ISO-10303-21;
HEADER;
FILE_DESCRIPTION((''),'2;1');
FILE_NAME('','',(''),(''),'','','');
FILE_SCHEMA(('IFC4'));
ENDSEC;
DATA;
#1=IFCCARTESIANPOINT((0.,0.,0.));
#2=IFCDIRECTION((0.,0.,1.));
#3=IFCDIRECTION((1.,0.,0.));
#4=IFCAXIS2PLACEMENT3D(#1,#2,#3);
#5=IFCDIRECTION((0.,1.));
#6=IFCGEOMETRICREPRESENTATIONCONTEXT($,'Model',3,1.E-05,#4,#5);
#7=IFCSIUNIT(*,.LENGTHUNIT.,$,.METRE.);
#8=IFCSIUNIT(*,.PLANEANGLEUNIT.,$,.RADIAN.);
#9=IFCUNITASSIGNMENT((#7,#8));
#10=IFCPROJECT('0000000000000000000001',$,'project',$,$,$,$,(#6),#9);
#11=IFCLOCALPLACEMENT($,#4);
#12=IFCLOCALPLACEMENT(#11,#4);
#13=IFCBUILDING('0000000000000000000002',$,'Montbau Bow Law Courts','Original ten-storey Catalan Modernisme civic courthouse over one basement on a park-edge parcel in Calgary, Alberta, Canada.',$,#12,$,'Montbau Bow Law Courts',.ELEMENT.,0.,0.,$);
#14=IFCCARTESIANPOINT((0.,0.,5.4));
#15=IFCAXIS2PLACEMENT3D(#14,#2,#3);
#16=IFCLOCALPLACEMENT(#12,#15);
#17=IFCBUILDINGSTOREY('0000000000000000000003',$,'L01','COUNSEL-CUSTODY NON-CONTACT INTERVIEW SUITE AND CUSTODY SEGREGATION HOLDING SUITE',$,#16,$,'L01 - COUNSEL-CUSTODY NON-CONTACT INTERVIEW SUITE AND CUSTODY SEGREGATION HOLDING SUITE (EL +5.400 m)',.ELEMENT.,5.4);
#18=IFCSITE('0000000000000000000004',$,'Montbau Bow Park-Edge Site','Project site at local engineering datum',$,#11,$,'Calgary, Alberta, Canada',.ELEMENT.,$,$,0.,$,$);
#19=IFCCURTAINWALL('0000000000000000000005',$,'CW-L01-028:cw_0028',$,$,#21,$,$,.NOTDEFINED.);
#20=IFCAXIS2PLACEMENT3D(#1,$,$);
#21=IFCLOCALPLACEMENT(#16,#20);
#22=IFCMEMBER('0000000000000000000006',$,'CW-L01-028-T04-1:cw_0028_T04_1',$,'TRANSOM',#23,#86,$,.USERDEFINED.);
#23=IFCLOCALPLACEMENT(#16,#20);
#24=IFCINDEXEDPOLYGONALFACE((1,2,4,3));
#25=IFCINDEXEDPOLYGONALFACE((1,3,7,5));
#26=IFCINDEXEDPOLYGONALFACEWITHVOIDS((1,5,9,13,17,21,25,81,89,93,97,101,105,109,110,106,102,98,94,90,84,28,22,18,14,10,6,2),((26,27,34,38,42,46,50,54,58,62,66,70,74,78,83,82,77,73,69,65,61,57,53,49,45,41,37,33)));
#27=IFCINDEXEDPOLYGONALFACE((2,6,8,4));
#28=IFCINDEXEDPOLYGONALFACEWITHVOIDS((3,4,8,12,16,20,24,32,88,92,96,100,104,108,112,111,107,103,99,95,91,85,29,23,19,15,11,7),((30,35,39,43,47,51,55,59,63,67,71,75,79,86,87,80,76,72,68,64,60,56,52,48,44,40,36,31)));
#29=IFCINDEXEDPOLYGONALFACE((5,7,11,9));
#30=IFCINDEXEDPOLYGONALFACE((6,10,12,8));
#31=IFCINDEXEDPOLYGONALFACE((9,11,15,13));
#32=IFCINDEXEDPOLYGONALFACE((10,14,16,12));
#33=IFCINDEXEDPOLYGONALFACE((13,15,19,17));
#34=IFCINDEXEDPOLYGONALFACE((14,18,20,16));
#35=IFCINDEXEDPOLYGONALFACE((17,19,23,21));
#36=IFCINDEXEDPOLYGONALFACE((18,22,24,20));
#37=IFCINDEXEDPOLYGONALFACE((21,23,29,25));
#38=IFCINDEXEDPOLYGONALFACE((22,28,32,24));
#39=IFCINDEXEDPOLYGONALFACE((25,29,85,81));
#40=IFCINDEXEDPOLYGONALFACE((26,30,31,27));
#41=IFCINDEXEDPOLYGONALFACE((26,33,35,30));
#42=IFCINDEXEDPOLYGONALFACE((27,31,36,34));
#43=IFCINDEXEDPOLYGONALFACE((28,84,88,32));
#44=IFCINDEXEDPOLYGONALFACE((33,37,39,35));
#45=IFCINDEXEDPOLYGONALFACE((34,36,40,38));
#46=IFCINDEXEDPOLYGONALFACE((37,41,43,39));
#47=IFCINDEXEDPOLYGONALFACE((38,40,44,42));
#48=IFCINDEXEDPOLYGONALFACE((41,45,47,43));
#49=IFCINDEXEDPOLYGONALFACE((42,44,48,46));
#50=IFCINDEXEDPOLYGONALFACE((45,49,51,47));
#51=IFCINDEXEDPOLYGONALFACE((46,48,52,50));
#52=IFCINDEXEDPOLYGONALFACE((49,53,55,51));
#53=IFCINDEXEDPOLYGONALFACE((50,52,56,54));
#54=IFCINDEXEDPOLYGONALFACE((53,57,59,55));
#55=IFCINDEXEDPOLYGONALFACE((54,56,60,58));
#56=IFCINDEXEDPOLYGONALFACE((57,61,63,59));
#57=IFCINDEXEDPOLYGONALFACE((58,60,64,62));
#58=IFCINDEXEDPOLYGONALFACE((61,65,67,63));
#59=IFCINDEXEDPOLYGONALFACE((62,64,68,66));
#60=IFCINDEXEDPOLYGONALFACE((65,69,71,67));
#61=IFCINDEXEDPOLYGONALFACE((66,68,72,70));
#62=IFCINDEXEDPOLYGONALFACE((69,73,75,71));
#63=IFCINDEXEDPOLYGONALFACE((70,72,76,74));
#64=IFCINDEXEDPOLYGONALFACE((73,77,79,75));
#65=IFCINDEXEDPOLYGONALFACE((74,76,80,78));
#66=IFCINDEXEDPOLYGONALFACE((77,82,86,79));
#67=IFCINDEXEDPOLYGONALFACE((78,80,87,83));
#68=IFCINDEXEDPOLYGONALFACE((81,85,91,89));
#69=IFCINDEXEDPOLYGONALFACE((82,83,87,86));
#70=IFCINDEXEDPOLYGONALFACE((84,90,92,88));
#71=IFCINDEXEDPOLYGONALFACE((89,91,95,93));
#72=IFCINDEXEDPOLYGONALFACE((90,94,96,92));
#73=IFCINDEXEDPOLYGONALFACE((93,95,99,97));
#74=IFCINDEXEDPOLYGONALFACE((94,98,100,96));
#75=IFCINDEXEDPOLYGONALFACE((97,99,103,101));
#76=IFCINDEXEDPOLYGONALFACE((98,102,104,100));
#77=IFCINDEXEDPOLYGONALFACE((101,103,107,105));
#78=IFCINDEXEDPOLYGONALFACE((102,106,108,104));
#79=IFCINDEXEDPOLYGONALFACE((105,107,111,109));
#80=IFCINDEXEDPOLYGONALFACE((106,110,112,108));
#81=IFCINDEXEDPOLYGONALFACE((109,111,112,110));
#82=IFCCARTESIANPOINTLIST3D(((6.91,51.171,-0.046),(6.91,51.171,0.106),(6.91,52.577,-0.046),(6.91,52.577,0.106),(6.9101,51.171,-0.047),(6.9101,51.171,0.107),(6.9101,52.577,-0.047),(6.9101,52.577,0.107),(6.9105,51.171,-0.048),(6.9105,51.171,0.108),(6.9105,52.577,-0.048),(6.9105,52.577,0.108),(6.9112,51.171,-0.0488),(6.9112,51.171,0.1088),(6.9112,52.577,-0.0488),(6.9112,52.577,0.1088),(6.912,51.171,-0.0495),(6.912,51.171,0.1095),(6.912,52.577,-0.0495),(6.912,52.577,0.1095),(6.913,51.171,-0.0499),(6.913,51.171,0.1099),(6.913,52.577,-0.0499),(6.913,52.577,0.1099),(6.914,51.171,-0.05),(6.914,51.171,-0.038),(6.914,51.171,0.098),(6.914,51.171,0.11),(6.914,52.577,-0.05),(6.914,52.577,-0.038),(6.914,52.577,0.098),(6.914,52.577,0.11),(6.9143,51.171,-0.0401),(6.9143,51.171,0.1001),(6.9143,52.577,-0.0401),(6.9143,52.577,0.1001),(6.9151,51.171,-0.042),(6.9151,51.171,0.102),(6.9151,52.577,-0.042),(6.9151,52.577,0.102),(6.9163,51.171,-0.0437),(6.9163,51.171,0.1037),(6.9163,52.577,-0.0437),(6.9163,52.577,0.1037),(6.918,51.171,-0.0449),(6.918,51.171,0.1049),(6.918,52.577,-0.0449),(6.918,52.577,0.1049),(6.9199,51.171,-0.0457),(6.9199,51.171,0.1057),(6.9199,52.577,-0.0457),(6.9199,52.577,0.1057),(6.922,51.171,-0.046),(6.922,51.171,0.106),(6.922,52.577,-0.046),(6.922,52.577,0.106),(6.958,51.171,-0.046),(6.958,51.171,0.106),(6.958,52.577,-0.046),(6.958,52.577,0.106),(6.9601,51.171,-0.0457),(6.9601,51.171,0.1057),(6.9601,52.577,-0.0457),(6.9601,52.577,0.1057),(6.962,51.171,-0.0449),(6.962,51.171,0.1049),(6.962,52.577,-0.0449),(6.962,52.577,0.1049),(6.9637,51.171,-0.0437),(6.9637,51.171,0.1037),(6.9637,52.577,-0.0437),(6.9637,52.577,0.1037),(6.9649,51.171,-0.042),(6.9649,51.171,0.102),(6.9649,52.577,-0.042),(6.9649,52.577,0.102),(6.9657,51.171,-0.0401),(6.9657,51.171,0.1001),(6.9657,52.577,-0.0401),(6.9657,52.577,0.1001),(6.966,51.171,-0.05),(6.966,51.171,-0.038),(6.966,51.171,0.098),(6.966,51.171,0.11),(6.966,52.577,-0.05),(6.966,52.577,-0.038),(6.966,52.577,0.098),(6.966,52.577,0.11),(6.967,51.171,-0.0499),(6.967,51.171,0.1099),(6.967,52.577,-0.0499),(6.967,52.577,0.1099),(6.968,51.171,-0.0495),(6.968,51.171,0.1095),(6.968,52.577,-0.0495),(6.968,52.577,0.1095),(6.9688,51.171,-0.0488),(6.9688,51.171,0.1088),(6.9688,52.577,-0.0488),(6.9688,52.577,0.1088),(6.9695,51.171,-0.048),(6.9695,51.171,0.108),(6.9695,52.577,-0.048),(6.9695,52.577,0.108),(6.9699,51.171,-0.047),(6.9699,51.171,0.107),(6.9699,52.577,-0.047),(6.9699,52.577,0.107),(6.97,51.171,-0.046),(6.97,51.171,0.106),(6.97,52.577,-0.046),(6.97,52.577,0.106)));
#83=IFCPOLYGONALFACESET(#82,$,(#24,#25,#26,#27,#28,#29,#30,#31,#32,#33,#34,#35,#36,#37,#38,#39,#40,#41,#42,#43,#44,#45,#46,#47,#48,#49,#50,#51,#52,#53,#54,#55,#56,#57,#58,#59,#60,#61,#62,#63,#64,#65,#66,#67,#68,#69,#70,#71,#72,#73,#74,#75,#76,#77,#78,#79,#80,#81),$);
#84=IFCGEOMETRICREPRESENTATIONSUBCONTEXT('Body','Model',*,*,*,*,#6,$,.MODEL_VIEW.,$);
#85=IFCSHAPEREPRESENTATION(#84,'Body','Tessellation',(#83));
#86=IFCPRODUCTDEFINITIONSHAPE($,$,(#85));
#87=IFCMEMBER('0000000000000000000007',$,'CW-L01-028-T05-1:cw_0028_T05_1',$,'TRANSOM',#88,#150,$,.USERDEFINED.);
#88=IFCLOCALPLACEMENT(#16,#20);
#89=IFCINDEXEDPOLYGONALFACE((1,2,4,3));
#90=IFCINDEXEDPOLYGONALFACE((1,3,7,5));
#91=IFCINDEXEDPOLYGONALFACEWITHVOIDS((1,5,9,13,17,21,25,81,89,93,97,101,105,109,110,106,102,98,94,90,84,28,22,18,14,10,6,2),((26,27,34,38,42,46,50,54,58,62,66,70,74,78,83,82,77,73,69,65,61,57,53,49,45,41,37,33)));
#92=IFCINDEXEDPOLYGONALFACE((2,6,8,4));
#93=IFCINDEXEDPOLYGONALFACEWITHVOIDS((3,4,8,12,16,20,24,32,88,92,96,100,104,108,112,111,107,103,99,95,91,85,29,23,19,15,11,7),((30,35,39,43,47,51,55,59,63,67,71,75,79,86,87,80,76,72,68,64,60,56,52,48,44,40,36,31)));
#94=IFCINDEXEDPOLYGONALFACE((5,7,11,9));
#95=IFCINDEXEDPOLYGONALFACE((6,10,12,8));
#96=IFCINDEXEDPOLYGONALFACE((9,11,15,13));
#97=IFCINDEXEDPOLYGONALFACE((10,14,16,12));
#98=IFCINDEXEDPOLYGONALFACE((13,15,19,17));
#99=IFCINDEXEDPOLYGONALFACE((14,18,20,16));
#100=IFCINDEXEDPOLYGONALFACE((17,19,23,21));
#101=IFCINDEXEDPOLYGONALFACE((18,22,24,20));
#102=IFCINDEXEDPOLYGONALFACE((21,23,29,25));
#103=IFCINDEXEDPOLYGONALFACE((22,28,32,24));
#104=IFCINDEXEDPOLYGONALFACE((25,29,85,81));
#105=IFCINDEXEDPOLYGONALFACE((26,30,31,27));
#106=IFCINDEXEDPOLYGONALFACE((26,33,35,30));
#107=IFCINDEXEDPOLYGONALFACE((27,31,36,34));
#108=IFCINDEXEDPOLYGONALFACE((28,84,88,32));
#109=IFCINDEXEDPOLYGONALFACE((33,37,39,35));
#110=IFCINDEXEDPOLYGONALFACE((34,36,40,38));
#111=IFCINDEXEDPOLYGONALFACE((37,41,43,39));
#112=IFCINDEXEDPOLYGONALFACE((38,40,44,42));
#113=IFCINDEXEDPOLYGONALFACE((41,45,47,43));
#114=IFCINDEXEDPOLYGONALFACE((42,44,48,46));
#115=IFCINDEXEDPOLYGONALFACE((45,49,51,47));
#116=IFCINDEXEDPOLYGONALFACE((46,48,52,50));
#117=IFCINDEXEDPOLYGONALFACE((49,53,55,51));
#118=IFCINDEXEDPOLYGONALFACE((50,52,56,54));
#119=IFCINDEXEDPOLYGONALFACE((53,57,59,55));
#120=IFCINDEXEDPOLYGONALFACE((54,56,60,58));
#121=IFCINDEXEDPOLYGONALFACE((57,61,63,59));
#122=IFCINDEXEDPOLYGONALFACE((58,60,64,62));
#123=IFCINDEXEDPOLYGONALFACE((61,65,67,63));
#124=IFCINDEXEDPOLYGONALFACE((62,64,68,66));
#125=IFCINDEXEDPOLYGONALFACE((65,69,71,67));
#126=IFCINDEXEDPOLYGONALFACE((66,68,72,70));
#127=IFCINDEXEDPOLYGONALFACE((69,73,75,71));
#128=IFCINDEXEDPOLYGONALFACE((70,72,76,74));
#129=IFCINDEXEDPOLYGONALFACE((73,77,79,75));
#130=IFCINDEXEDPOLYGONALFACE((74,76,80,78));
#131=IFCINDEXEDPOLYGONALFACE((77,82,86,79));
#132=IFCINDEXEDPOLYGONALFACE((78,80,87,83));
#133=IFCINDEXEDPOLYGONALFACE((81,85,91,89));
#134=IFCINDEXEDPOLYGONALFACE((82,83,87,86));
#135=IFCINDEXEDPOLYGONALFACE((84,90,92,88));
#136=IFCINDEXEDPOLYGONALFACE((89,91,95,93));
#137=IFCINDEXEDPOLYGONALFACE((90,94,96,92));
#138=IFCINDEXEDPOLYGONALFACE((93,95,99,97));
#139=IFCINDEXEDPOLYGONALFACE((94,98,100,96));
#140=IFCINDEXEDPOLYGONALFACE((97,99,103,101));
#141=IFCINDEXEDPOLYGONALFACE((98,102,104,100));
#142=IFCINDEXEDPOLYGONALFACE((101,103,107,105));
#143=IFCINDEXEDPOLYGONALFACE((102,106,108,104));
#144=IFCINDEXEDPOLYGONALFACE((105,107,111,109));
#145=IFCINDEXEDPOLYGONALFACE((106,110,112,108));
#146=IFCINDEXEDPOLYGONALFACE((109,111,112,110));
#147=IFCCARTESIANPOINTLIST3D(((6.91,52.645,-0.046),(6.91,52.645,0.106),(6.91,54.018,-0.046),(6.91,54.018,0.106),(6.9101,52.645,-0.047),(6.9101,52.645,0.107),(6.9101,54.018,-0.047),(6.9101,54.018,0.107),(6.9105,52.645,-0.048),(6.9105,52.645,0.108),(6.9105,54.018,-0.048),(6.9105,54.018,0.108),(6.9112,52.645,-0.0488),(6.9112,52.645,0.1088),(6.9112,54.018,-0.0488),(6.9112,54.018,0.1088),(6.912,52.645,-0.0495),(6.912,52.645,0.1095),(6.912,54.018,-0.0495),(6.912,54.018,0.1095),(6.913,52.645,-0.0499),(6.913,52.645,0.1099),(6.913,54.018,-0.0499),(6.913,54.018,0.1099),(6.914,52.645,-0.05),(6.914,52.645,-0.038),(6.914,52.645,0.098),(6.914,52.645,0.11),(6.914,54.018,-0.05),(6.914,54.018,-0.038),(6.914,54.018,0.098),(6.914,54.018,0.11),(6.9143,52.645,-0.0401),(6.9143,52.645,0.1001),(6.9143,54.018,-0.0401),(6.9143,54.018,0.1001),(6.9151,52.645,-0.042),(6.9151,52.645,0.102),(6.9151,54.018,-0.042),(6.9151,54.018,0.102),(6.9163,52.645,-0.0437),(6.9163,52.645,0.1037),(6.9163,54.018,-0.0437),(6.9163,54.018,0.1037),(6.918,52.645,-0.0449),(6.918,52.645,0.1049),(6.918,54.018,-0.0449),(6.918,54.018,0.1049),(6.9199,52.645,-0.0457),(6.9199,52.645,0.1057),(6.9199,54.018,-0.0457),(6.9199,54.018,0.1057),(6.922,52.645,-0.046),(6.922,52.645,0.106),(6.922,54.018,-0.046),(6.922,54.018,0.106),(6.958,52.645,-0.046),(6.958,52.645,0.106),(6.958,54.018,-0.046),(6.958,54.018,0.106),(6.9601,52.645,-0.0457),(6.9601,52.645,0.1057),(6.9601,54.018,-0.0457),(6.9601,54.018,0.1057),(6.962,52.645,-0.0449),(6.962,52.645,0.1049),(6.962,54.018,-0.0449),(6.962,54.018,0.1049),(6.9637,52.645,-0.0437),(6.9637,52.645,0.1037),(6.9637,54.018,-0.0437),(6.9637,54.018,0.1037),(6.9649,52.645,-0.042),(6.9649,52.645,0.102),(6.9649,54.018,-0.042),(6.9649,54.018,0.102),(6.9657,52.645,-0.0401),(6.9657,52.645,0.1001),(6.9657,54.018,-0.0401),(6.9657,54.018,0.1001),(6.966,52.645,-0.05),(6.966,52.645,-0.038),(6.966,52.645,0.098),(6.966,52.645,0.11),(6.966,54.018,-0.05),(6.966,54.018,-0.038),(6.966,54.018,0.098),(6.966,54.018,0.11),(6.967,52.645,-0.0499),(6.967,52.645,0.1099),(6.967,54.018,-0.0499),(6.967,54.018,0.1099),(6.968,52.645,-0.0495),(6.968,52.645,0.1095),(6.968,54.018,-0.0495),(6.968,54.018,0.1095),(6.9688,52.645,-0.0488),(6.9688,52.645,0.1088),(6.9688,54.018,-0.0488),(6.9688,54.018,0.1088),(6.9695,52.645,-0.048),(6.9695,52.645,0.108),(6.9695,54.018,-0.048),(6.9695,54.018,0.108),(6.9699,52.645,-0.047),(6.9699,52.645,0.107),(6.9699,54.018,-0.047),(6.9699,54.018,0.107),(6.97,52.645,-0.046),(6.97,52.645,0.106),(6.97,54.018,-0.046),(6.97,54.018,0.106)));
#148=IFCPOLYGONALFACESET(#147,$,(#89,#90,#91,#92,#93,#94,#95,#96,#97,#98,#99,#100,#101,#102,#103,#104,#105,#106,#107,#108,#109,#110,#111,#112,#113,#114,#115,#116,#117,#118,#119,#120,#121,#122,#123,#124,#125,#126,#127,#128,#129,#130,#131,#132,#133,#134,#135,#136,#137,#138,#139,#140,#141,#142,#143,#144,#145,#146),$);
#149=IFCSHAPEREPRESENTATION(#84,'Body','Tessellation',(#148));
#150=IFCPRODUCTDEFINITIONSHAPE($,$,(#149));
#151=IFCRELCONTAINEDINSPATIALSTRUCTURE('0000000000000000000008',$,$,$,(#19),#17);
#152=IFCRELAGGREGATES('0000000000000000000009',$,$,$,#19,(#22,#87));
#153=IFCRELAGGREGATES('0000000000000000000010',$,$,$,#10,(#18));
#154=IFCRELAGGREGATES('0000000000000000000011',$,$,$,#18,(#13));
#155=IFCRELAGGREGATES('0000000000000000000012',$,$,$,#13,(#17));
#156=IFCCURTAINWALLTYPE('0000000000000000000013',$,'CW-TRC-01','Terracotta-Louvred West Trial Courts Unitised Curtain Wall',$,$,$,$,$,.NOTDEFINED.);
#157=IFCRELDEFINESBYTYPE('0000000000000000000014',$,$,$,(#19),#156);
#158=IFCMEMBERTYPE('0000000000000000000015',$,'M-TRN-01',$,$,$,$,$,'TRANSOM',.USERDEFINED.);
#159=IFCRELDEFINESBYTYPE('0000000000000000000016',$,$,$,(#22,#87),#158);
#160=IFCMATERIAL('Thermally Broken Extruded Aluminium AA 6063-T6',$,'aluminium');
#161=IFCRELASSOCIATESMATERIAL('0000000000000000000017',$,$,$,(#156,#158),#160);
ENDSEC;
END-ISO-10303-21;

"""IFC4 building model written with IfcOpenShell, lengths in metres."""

from ifc_helpers import new_model, si_unit, direction, frame, origin_with_axes, origin_2d_with_axis, place, context, subcontext, project, spatial, hollow_rectangle, extrude, material, material_profile, profile_set, type_object, element, aggregate, save


model = new_model("IFC4")

# Units and contexts
model_context = context("Model", 3, precision=1e-05, world=origin_with_axes(), true_north=direction((0.0, 1.0)))
body_context = subcontext(model_context, "Body", "Model", "MODEL_VIEW")
ifc_project = project(units=[si_unit("LENGTHUNIT", "METRE"), si_unit("PLANEANGLEUNIT", "RADIAN")], contexts=[model_context])

# Site, building, storey
site_placement = place(None, origin_with_axes())
site = spatial("IfcSite", under=ifc_project, at=site_placement, Name="Montbau Bow Park-Edge Site", Description="Project site at local engineering datum", LongName="Calgary, Alberta, Canada", CompositionType="ELEMENT", RefElevation=0.0)
building_placement = place(site_placement, origin_with_axes())
building = spatial("IfcBuilding", under=site, at=building_placement, Name="Montbau Bow Law Courts", Description="Original ten-storey Catalan Modernisme civic courthouse over one basement on a park-edge parcel in Calgary, Alberta, Canada.", LongName="Montbau Bow Law Courts", CompositionType="ELEMENT", ElevationOfRefHeight=0.0, ElevationOfTerrain=0.0)
storey_placement = place(building_placement, frame((0.0, 0.0, 5.4), z_axis=(0.0, 0.0, 1.0), x_axis=(1.0, 0.0, 0.0)))
storey = spatial("IfcBuildingStorey", under=building, at=storey_placement, Name="L01", Description="COUNSEL-CUSTODY NON-CONTACT INTERVIEW SUITE AND CUSTODY SEGREGATION HOLDING SUITE", LongName="L01 - COUNSEL-CUSTODY NON-CONTACT INTERVIEW SUITE AND CUSTODY SEGREGATION HOLDING SUITE (EL +5.400 m)", CompositionType="ELEMENT", Elevation=5.4)

# Curtain wall, members
ifc_material_1 = material(Name="Thermally Broken Extruded Aluminium AA 6063-T6", Category="aluminium")
curtain_wall_type = type_object("IfcCurtainWallType", Name="CW-TRC-01", Description="Terracotta-Louvred West Trial Courts Unitised Curtain Wall", PredefinedType="NOTDEFINED", material=ifc_material_1)
curtain_wall_1_placement = place(None, frame((6.94, 46.715, 5.4), z_axis=(0.0, 0.0, 1.0), x_axis=(1.0, 0.0, 0.0)))
curtain_wall_1 = element("IfcCurtainWall", 1, at=curtain_wall_1_placement, inside=storey, type_object=curtain_wall_type, Name="CW-L01-028:cw_0028", PredefinedType="NOTDEFINED")
ifc_material_profile_1 = material_profile(ifc_material_1, hollow_rectangle(XDim=0.06, YDim=0.16, WallThickness=0.004, InnerFilletRadius=0.008, OuterFilletRadius=0.004, at=origin_2d_with_axis()), Name="CWT-160X60", Category="Main", Priority=0)
ifc_profile_set_1 = profile_set([ifc_material_profile_1], Name="Thermally Broken Extruded Aluminium AA 6063-T6")
member_type_1 = type_object("IfcMemberType", Name="M-TRN-01", ElementType="TRANSOM", PredefinedType="USERDEFINED", material=ifc_profile_set_1)
member_1_placement = place(None, frame((6.94, 51.171, 5.43), z_axis=(0.0, 1.0, 0.0), x_axis=(-1.0, 0.0, 0.0)))
member_1 = element("IfcMember", 2, at=member_1_placement, type_object=member_type_1, Name="CW-L01-028-T04-1:cw_0028_T04_1", ObjectType="TRANSOM", PredefinedType="USERDEFINED", context=body_context, shape_type="SweptSolid", body=[
    extrude(hollow_rectangle(XDim=0.06, YDim=0.16, WallThickness=0.004, InnerFilletRadius=0.008, OuterFilletRadius=0.004, at=origin_2d_with_axis()), origin_with_axes(), (0.0, 0.0, 1.0), 1.406),
])
member_2_placement = place(None, frame((6.94, 52.645, 5.43), z_axis=(0.0, 1.0, 0.0), x_axis=(-1.0, 0.0, 0.0)))
member_2 = element("IfcMember", 3, at=member_2_placement, type_object=member_type_1, Name="CW-L01-028-T05-1:cw_0028_T05_1", ObjectType="TRANSOM", PredefinedType="USERDEFINED", context=body_context, shape_type="SweptSolid", body=[
    extrude(hollow_rectangle(XDim=0.06, YDim=0.16, WallThickness=0.004, InnerFilletRadius=0.008, OuterFilletRadius=0.004, at=origin_2d_with_axis()), origin_with_axes(), (0.0, 0.0, 1.0), 1.373),
])
aggregate(curtain_wall_1, [member_1, member_2])

save(model, "model.ifc")
